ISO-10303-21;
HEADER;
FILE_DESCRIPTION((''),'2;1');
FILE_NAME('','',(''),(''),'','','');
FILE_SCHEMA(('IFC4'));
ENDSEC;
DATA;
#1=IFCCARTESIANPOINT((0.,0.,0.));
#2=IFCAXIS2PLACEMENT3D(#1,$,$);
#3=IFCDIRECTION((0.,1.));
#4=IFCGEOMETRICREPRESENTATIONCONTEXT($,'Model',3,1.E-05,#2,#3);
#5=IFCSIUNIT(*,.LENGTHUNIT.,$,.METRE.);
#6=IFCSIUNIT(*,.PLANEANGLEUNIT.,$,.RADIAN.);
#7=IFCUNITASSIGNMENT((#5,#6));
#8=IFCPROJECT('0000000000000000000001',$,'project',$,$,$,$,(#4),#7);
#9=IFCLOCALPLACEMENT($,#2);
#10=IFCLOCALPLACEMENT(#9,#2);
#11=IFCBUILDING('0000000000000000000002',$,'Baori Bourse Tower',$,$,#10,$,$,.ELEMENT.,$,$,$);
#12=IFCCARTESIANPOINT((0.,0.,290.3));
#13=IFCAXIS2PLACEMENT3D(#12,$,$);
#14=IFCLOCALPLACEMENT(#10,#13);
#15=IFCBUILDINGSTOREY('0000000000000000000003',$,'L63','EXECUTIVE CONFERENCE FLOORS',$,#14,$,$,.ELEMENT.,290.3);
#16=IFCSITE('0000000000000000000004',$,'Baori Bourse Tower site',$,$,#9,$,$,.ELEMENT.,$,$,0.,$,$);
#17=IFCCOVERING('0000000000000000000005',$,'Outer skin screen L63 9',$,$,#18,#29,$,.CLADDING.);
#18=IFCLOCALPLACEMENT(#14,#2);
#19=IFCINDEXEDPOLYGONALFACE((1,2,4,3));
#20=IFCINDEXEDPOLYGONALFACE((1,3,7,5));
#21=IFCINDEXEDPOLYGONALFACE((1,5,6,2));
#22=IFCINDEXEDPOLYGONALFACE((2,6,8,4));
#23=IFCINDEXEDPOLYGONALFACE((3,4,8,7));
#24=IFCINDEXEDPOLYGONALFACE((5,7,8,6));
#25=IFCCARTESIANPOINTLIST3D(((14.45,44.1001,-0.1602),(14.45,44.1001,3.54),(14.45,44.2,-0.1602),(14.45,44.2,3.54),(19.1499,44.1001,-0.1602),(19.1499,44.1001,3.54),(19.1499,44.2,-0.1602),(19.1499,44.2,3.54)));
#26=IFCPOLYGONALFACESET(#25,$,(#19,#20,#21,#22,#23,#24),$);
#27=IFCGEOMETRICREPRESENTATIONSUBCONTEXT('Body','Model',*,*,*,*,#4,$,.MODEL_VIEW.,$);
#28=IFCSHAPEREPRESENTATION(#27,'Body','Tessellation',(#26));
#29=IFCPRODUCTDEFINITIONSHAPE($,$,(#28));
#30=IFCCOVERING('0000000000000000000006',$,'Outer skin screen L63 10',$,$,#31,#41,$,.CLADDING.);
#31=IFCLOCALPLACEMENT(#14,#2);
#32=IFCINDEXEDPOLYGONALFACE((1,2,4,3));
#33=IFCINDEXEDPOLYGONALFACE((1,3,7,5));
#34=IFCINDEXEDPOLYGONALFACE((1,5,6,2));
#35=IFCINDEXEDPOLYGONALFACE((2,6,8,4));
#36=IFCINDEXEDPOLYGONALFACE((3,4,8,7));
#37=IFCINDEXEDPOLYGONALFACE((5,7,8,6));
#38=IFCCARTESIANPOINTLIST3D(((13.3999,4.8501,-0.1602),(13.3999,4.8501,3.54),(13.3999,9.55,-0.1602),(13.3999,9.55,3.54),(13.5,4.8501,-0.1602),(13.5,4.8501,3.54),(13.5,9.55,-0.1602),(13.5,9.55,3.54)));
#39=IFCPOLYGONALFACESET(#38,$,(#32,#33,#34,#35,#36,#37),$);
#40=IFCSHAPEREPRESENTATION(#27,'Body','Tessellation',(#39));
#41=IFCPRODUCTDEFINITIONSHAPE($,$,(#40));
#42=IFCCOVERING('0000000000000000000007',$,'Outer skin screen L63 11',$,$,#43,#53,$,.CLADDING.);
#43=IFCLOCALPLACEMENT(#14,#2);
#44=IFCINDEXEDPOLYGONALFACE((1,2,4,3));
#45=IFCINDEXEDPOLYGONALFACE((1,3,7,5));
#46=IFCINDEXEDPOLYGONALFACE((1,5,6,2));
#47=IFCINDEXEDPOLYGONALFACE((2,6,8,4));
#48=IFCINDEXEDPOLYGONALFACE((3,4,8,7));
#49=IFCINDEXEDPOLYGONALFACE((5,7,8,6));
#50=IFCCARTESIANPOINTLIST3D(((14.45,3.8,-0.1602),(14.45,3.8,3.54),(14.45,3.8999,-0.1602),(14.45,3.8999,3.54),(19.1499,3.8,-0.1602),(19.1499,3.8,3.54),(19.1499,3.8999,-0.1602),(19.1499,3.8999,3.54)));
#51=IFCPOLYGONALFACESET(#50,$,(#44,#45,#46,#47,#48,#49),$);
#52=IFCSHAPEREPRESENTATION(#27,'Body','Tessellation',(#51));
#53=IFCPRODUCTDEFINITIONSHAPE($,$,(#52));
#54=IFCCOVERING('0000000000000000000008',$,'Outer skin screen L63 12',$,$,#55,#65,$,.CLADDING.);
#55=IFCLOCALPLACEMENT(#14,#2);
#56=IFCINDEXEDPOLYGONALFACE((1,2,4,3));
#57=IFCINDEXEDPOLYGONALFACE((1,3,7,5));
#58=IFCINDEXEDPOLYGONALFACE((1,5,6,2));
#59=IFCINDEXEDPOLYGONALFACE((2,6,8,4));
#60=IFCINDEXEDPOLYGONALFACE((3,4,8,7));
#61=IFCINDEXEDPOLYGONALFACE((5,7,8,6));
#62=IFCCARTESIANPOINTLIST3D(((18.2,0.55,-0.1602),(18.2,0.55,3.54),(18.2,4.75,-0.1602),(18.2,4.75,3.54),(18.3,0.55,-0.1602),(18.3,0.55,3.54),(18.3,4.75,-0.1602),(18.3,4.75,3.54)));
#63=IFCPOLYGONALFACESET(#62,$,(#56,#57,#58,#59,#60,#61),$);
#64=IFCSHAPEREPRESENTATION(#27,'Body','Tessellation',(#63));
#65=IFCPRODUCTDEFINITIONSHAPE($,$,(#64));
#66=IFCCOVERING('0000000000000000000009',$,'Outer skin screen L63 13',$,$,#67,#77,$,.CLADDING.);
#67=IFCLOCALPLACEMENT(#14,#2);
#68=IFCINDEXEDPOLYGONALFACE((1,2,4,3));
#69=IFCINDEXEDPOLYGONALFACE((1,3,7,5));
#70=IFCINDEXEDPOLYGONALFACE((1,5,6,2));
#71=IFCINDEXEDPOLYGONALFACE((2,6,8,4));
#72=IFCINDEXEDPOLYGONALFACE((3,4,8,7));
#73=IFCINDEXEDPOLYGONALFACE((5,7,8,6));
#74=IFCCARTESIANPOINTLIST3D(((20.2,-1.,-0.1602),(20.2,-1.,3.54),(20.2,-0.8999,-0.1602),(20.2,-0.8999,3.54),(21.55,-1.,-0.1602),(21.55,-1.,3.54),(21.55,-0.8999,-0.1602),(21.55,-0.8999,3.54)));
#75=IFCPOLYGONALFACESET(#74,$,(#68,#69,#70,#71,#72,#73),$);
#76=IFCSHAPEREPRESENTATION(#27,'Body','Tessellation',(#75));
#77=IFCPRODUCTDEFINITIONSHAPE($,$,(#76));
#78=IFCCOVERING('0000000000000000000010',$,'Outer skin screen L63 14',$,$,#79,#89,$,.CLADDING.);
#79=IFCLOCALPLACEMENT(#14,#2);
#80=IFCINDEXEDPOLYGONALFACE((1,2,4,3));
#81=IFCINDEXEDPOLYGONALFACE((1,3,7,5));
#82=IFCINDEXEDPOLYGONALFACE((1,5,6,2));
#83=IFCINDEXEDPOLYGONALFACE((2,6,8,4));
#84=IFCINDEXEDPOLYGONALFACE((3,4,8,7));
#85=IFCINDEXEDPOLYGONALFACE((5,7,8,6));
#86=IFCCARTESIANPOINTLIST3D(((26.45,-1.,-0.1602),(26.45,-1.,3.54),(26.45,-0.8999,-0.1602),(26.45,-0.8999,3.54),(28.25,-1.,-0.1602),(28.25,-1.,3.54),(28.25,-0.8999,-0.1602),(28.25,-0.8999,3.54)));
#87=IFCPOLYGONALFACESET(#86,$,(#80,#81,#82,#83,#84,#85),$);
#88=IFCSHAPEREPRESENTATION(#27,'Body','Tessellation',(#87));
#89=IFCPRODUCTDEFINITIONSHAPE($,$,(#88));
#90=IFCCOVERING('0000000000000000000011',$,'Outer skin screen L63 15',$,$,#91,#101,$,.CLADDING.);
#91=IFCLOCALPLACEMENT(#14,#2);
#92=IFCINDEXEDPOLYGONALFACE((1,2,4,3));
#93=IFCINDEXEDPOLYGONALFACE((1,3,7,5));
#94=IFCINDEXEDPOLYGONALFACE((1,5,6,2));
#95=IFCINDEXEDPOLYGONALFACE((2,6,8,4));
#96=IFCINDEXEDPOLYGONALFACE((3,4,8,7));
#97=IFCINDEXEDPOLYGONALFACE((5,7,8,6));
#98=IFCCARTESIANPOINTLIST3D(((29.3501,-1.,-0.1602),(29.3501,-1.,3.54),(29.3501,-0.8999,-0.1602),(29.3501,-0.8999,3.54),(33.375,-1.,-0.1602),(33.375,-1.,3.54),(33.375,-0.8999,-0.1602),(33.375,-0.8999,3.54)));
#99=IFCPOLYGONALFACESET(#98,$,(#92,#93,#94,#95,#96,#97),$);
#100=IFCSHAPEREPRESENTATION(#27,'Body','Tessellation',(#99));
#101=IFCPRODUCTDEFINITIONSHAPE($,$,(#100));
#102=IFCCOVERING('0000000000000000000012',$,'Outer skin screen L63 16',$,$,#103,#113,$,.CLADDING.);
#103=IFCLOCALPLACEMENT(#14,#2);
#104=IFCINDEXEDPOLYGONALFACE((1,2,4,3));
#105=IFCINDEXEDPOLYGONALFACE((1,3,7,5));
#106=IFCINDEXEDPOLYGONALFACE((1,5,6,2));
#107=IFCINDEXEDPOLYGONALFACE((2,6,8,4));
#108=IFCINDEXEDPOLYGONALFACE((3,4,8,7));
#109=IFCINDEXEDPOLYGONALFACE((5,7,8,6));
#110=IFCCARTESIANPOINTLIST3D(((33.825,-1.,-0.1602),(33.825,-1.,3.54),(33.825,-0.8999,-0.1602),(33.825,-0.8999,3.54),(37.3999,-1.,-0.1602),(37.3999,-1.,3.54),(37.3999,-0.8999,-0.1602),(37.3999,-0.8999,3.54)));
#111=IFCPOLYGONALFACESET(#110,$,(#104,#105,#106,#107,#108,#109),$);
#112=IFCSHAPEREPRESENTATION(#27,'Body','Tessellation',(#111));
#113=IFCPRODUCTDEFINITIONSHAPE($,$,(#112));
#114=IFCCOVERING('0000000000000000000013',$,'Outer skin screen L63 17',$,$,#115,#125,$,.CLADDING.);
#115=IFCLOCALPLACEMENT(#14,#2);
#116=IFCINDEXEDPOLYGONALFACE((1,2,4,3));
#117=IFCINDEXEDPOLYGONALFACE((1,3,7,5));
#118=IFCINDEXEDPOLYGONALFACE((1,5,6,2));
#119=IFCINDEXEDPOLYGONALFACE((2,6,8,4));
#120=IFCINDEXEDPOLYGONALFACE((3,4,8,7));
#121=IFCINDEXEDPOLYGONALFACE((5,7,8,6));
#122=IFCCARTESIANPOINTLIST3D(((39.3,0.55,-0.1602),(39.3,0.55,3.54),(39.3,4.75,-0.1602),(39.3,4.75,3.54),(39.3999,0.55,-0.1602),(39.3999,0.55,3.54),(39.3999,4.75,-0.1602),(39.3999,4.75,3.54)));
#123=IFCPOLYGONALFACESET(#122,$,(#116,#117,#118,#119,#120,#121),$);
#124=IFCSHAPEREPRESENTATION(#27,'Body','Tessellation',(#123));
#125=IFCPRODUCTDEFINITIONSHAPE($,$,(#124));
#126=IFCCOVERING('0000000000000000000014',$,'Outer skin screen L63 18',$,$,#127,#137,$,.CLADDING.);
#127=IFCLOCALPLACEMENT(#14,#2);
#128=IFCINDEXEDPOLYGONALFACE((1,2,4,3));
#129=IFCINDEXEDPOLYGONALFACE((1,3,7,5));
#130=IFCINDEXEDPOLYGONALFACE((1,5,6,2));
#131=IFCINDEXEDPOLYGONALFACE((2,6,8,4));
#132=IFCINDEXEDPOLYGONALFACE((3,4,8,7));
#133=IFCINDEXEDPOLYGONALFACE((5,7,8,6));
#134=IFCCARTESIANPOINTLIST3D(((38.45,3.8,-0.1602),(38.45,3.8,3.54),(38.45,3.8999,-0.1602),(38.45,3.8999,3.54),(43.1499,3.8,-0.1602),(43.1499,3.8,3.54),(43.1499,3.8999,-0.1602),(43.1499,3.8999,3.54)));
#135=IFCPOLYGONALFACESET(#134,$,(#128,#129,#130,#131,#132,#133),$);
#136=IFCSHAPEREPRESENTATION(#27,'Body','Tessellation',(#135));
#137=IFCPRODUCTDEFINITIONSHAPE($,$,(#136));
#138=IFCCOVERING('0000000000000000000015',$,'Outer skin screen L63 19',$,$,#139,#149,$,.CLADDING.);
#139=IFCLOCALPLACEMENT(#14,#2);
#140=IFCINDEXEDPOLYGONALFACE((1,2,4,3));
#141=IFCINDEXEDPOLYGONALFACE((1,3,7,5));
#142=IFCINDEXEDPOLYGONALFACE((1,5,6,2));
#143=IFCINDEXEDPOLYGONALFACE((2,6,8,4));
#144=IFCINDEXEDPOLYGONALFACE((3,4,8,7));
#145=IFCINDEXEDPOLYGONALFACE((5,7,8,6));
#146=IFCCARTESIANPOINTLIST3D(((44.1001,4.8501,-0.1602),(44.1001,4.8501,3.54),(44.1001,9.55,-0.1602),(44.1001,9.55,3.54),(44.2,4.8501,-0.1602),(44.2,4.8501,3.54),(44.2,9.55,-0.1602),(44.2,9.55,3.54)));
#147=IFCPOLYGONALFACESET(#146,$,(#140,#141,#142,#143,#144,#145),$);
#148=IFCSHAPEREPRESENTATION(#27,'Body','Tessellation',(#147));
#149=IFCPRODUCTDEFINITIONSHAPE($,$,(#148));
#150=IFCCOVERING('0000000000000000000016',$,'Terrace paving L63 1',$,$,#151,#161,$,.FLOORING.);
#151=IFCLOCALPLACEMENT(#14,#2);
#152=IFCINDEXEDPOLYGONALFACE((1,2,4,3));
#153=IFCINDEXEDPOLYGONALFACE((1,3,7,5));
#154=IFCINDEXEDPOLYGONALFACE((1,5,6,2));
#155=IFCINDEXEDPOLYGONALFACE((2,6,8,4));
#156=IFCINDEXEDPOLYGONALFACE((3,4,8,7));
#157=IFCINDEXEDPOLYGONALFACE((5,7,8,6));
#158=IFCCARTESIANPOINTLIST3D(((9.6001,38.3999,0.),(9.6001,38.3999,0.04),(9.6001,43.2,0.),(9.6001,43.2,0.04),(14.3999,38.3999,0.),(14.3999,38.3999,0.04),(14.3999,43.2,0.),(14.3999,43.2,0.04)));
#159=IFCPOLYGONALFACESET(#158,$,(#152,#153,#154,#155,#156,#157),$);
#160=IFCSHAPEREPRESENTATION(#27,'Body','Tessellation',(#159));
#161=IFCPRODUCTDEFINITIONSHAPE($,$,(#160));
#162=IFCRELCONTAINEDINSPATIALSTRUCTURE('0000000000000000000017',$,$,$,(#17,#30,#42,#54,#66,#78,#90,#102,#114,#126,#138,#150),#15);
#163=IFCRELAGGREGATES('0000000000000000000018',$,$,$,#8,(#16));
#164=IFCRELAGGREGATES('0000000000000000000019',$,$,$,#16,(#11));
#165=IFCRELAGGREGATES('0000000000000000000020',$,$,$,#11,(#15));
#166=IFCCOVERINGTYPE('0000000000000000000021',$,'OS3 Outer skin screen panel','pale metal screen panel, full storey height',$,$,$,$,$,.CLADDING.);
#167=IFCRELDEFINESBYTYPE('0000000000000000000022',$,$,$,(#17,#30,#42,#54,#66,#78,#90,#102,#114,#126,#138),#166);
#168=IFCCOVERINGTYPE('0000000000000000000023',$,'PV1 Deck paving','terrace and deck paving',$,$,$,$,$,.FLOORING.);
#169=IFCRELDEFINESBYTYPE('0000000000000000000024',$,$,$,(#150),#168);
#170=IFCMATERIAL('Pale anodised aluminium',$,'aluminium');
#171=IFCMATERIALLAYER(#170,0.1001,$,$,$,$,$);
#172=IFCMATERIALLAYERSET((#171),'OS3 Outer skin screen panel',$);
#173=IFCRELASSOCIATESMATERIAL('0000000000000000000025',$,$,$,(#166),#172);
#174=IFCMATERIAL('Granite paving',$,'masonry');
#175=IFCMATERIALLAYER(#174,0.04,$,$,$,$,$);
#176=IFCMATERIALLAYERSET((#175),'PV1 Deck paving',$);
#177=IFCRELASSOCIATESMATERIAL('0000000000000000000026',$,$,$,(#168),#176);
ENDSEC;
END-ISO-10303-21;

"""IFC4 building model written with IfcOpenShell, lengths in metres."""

from ifc_helpers import new_model, si_unit, direction, frame, origin, place, context, subcontext, project, spatial, polyline, outline, extrude, material, layer, layer_set, type_object, element, save


model = new_model("IFC4")

# Units and contexts
model_context = context("Model", 3, precision=1e-05, world=origin(), true_north=direction((0.0, 1.0)))
body_context = subcontext(model_context, "Body", "Model", "MODEL_VIEW")
ifc_project = project(units=[si_unit("LENGTHUNIT", "METRE"), si_unit("PLANEANGLEUNIT", "RADIAN")], contexts=[model_context])

# Site, building, storey
site_placement = place(None, origin())
site = spatial("IfcSite", under=ifc_project, at=site_placement, Name="Baori Bourse Tower site", CompositionType="ELEMENT", RefElevation=0.0)
building_placement = place(site_placement, origin())
building = spatial("IfcBuilding", under=site, at=building_placement, Name="Baori Bourse Tower", CompositionType="ELEMENT")
storey_placement = place(building_placement, frame((0.0, 0.0, 290.3)))
storey = spatial("IfcBuildingStorey", under=building, at=storey_placement, Name="L63", Description="EXECUTIVE CONFERENCE FLOORS", CompositionType="ELEMENT", Elevation=290.3)

# Coverings
ifc_material_1 = material(Name="Pale anodised aluminium", Category="aluminium")
ifc_layer_1 = layer(ifc_material_1, 0.1001)
ifc_layer_set_1 = layer_set([ifc_layer_1], Name="OS3 Outer skin screen panel")
covering_type_1 = type_object("IfcCoveringType", Name="OS3 Outer skin screen panel", Description="pale metal screen panel, full storey height", PredefinedType="CLADDING", material=ifc_layer_set_1)
covering_1_placement = place(storey_placement, frame((0.0, 0.0, -0.1602)))
element("IfcCovering", 1, at=covering_1_placement, inside=storey, type_object=covering_type_1, Name="Outer skin screen L63 9", PredefinedType="CLADDING", context=body_context, shape_type="SweptSolid", body=[
    extrude(outline(polyline([(14.45, 44.1001), (19.1499, 44.1001), (19.1499, 44.2), (14.45, 44.2), (14.45, 44.1001)])), origin(), (0.0, 0.0, 1.0), 3.7002),
])
covering_2_placement = place(storey_placement, frame((0.0, 0.0, -0.1602)))
element("IfcCovering", 2, at=covering_2_placement, inside=storey, type_object=covering_type_1, Name="Outer skin screen L63 10", PredefinedType="CLADDING", context=body_context, shape_type="SweptSolid", body=[
    extrude(outline(polyline([(13.5, 4.8501), (13.5, 9.55), (13.3999, 9.55), (13.3999, 4.8501), (13.5, 4.8501)])), origin(), (0.0, 0.0, 1.0), 3.7002),
])
covering_3_placement = place(storey_placement, frame((0.0, 0.0, -0.1602)))
element("IfcCovering", 3, at=covering_3_placement, inside=storey, type_object=covering_type_1, Name="Outer skin screen L63 11", PredefinedType="CLADDING", context=body_context, shape_type="SweptSolid", body=[
    extrude(outline(polyline([(19.1499, 3.8999), (14.45, 3.8999), (14.45, 3.8), (19.1499, 3.8), (19.1499, 3.8999)])), origin(), (0.0, 0.0, 1.0), 3.7002),
])
covering_4_placement = place(storey_placement, frame((0.0, 0.0, -0.1602)))
element("IfcCovering", 4, at=covering_4_placement, inside=storey, type_object=covering_type_1, Name="Outer skin screen L63 12", PredefinedType="CLADDING", context=body_context, shape_type="SweptSolid", body=[
    extrude(outline(polyline([(18.3, 0.55), (18.3, 4.75), (18.2, 4.75), (18.2, 0.55), (18.3, 0.55)])), origin(), (0.0, 0.0, 1.0), 3.7002),
])
covering_5_placement = place(storey_placement, frame((0.0, 0.0, -0.1602)))
element("IfcCovering", 5, at=covering_5_placement, inside=storey, type_object=covering_type_1, Name="Outer skin screen L63 13", PredefinedType="CLADDING", context=body_context, shape_type="SweptSolid", body=[
    extrude(outline(polyline([(21.55, -0.8999), (20.2, -0.8999), (20.2, -1.0), (21.55, -1.0), (21.55, -0.8999)])), origin(), (0.0, 0.0, 1.0), 3.7002),
])
covering_6_placement = place(storey_placement, frame((0.0, 0.0, -0.1602)))
element("IfcCovering", 6, at=covering_6_placement, inside=storey, type_object=covering_type_1, Name="Outer skin screen L63 14", PredefinedType="CLADDING", context=body_context, shape_type="SweptSolid", body=[
    extrude(outline(polyline([(28.25, -0.8999), (26.45, -0.8999), (26.45, -1.0), (28.25, -1.0), (28.25, -0.8999)])), origin(), (0.0, 0.0, 1.0), 3.7002),
])
covering_7_placement = place(storey_placement, frame((0.0, 0.0, -0.1602)))
element("IfcCovering", 7, at=covering_7_placement, inside=storey, type_object=covering_type_1, Name="Outer skin screen L63 15", PredefinedType="CLADDING", context=body_context, shape_type="SweptSolid", body=[
    extrude(outline(polyline([(33.375, -0.8999), (29.3501, -0.8999), (29.3501, -1.0), (33.375, -1.0), (33.375, -0.8999)])), origin(), (0.0, 0.0, 1.0), 3.7002),
])
covering_8_placement = place(storey_placement, frame((0.0, 0.0, -0.1602)))
element("IfcCovering", 8, at=covering_8_placement, inside=storey, type_object=covering_type_1, Name="Outer skin screen L63 16", PredefinedType="CLADDING", context=body_context, shape_type="SweptSolid", body=[
    extrude(outline(polyline([(37.3999, -0.8999), (33.825, -0.8999), (33.825, -1.0), (37.3999, -1.0), (37.3999, -0.8999)])), origin(), (0.0, 0.0, 1.0), 3.7002),
])
covering_9_placement = place(storey_placement, frame((0.0, 0.0, -0.1602)))
element("IfcCovering", 9, at=covering_9_placement, inside=storey, type_object=covering_type_1, Name="Outer skin screen L63 17", PredefinedType="CLADDING", context=body_context, shape_type="SweptSolid", body=[
    extrude(outline(polyline([(39.3, 4.75), (39.3, 0.55), (39.3999, 0.55), (39.3999, 4.75), (39.3, 4.75)])), origin(), (0.0, 0.0, 1.0), 3.7002),
])
covering_10_placement = place(storey_placement, frame((0.0, 0.0, -0.1602)))
element("IfcCovering", 10, at=covering_10_placement, inside=storey, type_object=covering_type_1, Name="Outer skin screen L63 18", PredefinedType="CLADDING", context=body_context, shape_type="SweptSolid", body=[
    extrude(outline(polyline([(43.1499, 3.8999), (38.45, 3.8999), (38.45, 3.8), (43.1499, 3.8), (43.1499, 3.8999)])), origin(), (0.0, 0.0, 1.0), 3.7002),
])
covering_11_placement = place(storey_placement, frame((0.0, 0.0, -0.1602)))
element("IfcCovering", 11, at=covering_11_placement, inside=storey, type_object=covering_type_1, Name="Outer skin screen L63 19", PredefinedType="CLADDING", context=body_context, shape_type="SweptSolid", body=[
    extrude(outline(polyline([(44.1001, 9.55), (44.1001, 4.8501), (44.2, 4.8501), (44.2, 9.55), (44.1001, 9.55)])), origin(), (0.0, 0.0, 1.0), 3.7002),
])
ifc_material_2 = material(Name="Granite paving", Category="masonry")
ifc_layer_2 = layer(ifc_material_2, 0.04)
ifc_layer_set_2 = layer_set([ifc_layer_2], Name="PV1 Deck paving")
covering_type_2 = type_object("IfcCoveringType", Name="PV1 Deck paving", Description="terrace and deck paving", PredefinedType="FLOORING", material=ifc_layer_set_2)
covering_12_placement = place(storey_placement, origin())
element("IfcCovering", 12, at=covering_12_placement, inside=storey, type_object=covering_type_2, Name="Terrace paving L63 1", PredefinedType="FLOORING", context=body_context, shape_type="SweptSolid", body=[
    extrude(outline(polyline([(14.3999, 38.3999), (14.3999, 43.2), (9.6001, 43.2), (9.6001, 38.3999), (14.3999, 38.3999)])), origin(), (0.0, 0.0, 1.0), 0.04),
])

save(model, "model.ifc")
